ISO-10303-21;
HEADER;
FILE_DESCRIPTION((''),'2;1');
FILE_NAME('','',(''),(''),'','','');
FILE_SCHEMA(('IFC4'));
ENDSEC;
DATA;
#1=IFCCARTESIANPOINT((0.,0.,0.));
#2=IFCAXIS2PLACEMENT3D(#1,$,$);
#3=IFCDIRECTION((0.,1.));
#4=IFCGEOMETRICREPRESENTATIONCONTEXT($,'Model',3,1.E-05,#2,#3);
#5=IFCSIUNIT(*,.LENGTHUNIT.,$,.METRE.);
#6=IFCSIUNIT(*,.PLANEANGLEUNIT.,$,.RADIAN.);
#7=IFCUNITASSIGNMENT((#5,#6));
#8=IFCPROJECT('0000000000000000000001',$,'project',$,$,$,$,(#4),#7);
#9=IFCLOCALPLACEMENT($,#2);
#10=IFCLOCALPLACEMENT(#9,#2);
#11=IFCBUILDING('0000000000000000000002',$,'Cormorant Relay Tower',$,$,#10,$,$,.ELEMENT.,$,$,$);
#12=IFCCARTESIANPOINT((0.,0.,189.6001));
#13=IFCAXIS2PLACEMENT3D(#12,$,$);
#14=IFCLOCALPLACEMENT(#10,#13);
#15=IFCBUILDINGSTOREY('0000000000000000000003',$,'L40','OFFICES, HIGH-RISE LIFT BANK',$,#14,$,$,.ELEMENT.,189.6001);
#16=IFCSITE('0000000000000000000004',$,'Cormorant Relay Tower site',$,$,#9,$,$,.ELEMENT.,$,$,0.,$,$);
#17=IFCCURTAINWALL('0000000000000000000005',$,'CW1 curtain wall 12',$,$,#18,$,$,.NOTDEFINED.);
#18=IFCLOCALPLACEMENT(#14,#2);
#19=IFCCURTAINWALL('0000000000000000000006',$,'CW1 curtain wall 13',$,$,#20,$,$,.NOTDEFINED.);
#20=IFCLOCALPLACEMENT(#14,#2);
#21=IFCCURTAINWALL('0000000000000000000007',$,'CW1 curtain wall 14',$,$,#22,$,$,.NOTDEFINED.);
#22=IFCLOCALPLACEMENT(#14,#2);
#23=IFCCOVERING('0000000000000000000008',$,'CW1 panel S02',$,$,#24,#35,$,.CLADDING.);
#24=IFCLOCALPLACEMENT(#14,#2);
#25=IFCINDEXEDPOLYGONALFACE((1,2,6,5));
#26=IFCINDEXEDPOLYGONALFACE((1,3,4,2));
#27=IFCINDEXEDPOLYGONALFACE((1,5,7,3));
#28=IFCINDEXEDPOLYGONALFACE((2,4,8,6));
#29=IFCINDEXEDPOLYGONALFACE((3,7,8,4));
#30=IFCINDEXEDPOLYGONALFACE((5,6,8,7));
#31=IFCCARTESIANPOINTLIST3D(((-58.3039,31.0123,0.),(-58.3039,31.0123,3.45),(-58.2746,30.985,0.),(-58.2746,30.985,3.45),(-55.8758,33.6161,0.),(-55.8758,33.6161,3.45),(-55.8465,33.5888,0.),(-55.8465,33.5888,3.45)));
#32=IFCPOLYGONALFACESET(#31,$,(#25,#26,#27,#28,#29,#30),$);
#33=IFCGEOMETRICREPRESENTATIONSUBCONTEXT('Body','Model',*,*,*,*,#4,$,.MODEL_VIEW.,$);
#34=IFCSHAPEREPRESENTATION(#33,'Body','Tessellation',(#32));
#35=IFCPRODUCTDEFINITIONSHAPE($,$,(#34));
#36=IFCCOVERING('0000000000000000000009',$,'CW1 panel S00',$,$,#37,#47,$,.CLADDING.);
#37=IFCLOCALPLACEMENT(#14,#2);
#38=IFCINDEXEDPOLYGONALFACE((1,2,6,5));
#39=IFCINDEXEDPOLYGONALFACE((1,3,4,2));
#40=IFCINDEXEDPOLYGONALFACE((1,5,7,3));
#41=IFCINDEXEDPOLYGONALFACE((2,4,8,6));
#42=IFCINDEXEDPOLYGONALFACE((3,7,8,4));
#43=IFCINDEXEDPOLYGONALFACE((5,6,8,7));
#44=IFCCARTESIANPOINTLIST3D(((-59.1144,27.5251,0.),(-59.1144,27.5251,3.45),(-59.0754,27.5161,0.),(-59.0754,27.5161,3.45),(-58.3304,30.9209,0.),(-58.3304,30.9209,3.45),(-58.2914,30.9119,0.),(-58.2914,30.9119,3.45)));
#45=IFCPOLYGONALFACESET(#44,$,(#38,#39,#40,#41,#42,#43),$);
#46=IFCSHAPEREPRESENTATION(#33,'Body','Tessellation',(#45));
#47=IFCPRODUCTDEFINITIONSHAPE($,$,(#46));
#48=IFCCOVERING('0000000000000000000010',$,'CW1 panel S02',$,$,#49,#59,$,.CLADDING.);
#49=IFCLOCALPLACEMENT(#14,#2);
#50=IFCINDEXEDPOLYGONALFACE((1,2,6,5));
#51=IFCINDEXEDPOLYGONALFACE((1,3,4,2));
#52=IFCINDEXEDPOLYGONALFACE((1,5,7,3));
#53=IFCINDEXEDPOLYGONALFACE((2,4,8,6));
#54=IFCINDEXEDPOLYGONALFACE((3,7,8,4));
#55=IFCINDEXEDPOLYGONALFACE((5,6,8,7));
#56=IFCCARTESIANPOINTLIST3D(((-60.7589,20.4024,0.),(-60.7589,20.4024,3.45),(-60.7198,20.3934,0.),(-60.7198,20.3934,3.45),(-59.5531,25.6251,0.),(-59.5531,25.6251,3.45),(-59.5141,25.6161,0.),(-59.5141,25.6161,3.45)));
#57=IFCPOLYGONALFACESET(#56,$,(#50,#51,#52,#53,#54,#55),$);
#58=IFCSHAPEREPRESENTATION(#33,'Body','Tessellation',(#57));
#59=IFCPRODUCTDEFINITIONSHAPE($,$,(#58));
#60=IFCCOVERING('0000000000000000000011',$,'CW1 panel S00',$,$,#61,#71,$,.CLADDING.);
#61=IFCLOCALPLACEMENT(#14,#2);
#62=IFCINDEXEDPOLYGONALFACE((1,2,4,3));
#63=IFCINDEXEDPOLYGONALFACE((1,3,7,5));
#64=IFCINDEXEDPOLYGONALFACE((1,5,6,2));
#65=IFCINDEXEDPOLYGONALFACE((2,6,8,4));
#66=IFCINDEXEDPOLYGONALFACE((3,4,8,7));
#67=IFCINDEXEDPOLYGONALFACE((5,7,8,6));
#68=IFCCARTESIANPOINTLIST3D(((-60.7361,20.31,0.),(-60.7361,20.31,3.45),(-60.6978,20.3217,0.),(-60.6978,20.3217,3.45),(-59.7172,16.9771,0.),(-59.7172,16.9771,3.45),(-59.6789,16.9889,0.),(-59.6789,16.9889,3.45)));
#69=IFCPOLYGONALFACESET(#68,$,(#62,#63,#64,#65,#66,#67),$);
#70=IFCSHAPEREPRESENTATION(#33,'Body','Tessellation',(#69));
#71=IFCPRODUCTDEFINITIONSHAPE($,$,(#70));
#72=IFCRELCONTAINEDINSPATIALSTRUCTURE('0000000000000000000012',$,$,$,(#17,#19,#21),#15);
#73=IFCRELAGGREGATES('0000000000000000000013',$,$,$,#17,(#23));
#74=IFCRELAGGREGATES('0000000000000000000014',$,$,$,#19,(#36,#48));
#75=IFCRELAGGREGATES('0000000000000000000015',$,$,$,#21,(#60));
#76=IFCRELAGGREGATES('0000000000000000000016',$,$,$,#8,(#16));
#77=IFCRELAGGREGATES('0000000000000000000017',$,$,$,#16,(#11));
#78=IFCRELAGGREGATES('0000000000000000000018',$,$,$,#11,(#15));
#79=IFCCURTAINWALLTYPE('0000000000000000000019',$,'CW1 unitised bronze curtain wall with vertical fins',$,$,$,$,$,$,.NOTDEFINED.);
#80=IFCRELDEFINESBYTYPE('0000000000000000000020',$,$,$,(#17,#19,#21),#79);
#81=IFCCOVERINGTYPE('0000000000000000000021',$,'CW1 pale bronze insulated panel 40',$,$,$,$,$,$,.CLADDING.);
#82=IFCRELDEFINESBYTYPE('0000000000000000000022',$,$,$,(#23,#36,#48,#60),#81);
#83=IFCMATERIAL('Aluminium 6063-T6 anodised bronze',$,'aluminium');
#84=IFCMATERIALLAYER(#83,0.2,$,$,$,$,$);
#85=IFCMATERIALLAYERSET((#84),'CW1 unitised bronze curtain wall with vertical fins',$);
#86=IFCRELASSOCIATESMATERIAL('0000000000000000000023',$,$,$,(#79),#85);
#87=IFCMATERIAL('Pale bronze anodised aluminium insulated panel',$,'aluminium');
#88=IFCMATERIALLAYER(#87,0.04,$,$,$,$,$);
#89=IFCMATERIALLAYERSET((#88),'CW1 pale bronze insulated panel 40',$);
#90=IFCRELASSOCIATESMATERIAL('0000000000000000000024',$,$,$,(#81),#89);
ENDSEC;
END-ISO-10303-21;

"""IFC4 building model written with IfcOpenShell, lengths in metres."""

from ifc_helpers import new_model, si_unit, direction, frame, origin, origin_2d, place, context, subcontext, project, spatial, rectangle, extrude, material, layer, layer_set, type_object, element, aggregate, save


model = new_model("IFC4")

# Units and contexts
model_context = context("Model", 3, precision=1e-05, world=origin(), true_north=direction((0.0, 1.0)))
body_context = subcontext(model_context, "Body", "Model", "MODEL_VIEW")
ifc_project = project(units=[si_unit("LENGTHUNIT", "METRE"), si_unit("PLANEANGLEUNIT", "RADIAN")], contexts=[model_context])

# Site, building, storey
site_placement = place(None, origin())
site = spatial("IfcSite", under=ifc_project, at=site_placement, Name="Cormorant Relay Tower site", CompositionType="ELEMENT", RefElevation=0.0)
building_placement = place(site_placement, origin())
building = spatial("IfcBuilding", under=site, at=building_placement, Name="Cormorant Relay Tower", CompositionType="ELEMENT")
storey_placement = place(building_placement, frame((0.0, 0.0, 189.6001)))
storey = spatial("IfcBuildingStorey", under=building, at=storey_placement, Name="L40", Description="OFFICES, HIGH-RISE LIFT BANK", CompositionType="ELEMENT", Elevation=189.6001)

# Curtain walls
ifc_material_1 = material(Name="Aluminium 6063-T6 anodised bronze", Category="aluminium")
ifc_layer_1 = layer(ifc_material_1, 0.2)
ifc_layer_set_1 = layer_set([ifc_layer_1], Name="CW1 unitised bronze curtain wall with vertical fins")
curtain_wall_type = type_object("IfcCurtainWallType", Name="CW1 unitised bronze curtain wall with vertical fins", PredefinedType="NOTDEFINED", material=ifc_layer_set_1)
curtain_wall_1_placement = place(storey_placement, origin())
curtain_wall_1 = element("IfcCurtainWall", 1, at=curtain_wall_1_placement, inside=storey, type_object=curtain_wall_type, Name="CW1 curtain wall 12", PredefinedType="NOTDEFINED")
curtain_wall_2_placement = place(storey_placement, origin())
curtain_wall_2 = element("IfcCurtainWall", 2, at=curtain_wall_2_placement, inside=storey, type_object=curtain_wall_type, Name="CW1 curtain wall 13", PredefinedType="NOTDEFINED")
curtain_wall_3_placement = place(storey_placement, origin())
curtain_wall_3 = element("IfcCurtainWall", 3, at=curtain_wall_3_placement, inside=storey, type_object=curtain_wall_type, Name="CW1 curtain wall 14", PredefinedType="NOTDEFINED")

# Coverings
ifc_material_2 = material(Name="Pale bronze anodised aluminium insulated panel", Category="aluminium")
ifc_layer_2 = layer(ifc_material_2, 0.04)
ifc_layer_set_2 = layer_set([ifc_layer_2], Name="CW1 pale bronze insulated panel 40")
covering_type = type_object("IfcCoveringType", Name="CW1 pale bronze insulated panel 40", PredefinedType="CLADDING", material=ifc_layer_set_2)
covering_1_placement = place(storey_placement, frame((-57.0752, 32.3005, 0.0), z_axis=(0.0, 0.0, 1.0), x_axis=(-0.681998, -0.731354, 0.0)))
covering_1 = element("IfcCovering", 4, at=covering_1_placement, type_object=covering_type, Name="CW1 panel S02", PredefinedType="CLADDING", context=body_context, shape_type="SweptSolid", body=[
    extrude(rectangle(XDim=3.5603, YDim=0.04, at=origin_2d()), origin(), (0.0, 0.0, 1.0), 3.45),
])
aggregate(curtain_wall_1, [covering_1])
covering_2_placement = place(storey_placement, frame((-58.7029, 29.2185, 0.0), z_axis=(0.0, 0.0, 1.0), x_axis=(-0.224951, -0.97437, 0.0)))
covering_2 = element("IfcCovering", 5, at=covering_2_placement, type_object=covering_type, Name="CW1 panel S00", PredefinedType="CLADDING", context=body_context, shape_type="SweptSolid", body=[
    extrude(rectangle(XDim=3.4851, YDim=0.04, at=origin_2d()), origin(), (0.0, 0.0, 1.0), 3.45),
])
covering_3_placement = place(storey_placement, frame((-60.1365, 23.0093, 0.0), z_axis=(0.0, 0.0, 1.0), x_axis=(-0.224951, -0.97437, 0.0)))
covering_3 = element("IfcCovering", 6, at=covering_3_placement, type_object=covering_type, Name="CW1 panel S02", PredefinedType="CLADDING", context=body_context, shape_type="SweptSolid", body=[
    extrude(rectangle(XDim=5.3601, YDim=0.04, at=origin_2d()), origin(), (0.0, 0.0, 1.0), 3.45),
])
aggregate(curtain_wall_2, [covering_2, covering_3])
covering_4_placement = place(storey_placement, frame((-60.2075, 18.6494, 0.0), z_axis=(0.0, 0.0, 1.0), x_axis=(0.292372, -0.956305, 0.0)))
covering_4 = element("IfcCovering", 7, at=covering_4_placement, type_object=covering_type, Name="CW1 panel S00", PredefinedType="CLADDING", context=body_context, shape_type="SweptSolid", body=[
    extrude(rectangle(XDim=3.4851, YDim=0.04, at=origin_2d()), origin(), (0.0, 0.0, 1.0), 3.45),
])
aggregate(curtain_wall_3, [covering_4])

save(model, "model.ifc")
